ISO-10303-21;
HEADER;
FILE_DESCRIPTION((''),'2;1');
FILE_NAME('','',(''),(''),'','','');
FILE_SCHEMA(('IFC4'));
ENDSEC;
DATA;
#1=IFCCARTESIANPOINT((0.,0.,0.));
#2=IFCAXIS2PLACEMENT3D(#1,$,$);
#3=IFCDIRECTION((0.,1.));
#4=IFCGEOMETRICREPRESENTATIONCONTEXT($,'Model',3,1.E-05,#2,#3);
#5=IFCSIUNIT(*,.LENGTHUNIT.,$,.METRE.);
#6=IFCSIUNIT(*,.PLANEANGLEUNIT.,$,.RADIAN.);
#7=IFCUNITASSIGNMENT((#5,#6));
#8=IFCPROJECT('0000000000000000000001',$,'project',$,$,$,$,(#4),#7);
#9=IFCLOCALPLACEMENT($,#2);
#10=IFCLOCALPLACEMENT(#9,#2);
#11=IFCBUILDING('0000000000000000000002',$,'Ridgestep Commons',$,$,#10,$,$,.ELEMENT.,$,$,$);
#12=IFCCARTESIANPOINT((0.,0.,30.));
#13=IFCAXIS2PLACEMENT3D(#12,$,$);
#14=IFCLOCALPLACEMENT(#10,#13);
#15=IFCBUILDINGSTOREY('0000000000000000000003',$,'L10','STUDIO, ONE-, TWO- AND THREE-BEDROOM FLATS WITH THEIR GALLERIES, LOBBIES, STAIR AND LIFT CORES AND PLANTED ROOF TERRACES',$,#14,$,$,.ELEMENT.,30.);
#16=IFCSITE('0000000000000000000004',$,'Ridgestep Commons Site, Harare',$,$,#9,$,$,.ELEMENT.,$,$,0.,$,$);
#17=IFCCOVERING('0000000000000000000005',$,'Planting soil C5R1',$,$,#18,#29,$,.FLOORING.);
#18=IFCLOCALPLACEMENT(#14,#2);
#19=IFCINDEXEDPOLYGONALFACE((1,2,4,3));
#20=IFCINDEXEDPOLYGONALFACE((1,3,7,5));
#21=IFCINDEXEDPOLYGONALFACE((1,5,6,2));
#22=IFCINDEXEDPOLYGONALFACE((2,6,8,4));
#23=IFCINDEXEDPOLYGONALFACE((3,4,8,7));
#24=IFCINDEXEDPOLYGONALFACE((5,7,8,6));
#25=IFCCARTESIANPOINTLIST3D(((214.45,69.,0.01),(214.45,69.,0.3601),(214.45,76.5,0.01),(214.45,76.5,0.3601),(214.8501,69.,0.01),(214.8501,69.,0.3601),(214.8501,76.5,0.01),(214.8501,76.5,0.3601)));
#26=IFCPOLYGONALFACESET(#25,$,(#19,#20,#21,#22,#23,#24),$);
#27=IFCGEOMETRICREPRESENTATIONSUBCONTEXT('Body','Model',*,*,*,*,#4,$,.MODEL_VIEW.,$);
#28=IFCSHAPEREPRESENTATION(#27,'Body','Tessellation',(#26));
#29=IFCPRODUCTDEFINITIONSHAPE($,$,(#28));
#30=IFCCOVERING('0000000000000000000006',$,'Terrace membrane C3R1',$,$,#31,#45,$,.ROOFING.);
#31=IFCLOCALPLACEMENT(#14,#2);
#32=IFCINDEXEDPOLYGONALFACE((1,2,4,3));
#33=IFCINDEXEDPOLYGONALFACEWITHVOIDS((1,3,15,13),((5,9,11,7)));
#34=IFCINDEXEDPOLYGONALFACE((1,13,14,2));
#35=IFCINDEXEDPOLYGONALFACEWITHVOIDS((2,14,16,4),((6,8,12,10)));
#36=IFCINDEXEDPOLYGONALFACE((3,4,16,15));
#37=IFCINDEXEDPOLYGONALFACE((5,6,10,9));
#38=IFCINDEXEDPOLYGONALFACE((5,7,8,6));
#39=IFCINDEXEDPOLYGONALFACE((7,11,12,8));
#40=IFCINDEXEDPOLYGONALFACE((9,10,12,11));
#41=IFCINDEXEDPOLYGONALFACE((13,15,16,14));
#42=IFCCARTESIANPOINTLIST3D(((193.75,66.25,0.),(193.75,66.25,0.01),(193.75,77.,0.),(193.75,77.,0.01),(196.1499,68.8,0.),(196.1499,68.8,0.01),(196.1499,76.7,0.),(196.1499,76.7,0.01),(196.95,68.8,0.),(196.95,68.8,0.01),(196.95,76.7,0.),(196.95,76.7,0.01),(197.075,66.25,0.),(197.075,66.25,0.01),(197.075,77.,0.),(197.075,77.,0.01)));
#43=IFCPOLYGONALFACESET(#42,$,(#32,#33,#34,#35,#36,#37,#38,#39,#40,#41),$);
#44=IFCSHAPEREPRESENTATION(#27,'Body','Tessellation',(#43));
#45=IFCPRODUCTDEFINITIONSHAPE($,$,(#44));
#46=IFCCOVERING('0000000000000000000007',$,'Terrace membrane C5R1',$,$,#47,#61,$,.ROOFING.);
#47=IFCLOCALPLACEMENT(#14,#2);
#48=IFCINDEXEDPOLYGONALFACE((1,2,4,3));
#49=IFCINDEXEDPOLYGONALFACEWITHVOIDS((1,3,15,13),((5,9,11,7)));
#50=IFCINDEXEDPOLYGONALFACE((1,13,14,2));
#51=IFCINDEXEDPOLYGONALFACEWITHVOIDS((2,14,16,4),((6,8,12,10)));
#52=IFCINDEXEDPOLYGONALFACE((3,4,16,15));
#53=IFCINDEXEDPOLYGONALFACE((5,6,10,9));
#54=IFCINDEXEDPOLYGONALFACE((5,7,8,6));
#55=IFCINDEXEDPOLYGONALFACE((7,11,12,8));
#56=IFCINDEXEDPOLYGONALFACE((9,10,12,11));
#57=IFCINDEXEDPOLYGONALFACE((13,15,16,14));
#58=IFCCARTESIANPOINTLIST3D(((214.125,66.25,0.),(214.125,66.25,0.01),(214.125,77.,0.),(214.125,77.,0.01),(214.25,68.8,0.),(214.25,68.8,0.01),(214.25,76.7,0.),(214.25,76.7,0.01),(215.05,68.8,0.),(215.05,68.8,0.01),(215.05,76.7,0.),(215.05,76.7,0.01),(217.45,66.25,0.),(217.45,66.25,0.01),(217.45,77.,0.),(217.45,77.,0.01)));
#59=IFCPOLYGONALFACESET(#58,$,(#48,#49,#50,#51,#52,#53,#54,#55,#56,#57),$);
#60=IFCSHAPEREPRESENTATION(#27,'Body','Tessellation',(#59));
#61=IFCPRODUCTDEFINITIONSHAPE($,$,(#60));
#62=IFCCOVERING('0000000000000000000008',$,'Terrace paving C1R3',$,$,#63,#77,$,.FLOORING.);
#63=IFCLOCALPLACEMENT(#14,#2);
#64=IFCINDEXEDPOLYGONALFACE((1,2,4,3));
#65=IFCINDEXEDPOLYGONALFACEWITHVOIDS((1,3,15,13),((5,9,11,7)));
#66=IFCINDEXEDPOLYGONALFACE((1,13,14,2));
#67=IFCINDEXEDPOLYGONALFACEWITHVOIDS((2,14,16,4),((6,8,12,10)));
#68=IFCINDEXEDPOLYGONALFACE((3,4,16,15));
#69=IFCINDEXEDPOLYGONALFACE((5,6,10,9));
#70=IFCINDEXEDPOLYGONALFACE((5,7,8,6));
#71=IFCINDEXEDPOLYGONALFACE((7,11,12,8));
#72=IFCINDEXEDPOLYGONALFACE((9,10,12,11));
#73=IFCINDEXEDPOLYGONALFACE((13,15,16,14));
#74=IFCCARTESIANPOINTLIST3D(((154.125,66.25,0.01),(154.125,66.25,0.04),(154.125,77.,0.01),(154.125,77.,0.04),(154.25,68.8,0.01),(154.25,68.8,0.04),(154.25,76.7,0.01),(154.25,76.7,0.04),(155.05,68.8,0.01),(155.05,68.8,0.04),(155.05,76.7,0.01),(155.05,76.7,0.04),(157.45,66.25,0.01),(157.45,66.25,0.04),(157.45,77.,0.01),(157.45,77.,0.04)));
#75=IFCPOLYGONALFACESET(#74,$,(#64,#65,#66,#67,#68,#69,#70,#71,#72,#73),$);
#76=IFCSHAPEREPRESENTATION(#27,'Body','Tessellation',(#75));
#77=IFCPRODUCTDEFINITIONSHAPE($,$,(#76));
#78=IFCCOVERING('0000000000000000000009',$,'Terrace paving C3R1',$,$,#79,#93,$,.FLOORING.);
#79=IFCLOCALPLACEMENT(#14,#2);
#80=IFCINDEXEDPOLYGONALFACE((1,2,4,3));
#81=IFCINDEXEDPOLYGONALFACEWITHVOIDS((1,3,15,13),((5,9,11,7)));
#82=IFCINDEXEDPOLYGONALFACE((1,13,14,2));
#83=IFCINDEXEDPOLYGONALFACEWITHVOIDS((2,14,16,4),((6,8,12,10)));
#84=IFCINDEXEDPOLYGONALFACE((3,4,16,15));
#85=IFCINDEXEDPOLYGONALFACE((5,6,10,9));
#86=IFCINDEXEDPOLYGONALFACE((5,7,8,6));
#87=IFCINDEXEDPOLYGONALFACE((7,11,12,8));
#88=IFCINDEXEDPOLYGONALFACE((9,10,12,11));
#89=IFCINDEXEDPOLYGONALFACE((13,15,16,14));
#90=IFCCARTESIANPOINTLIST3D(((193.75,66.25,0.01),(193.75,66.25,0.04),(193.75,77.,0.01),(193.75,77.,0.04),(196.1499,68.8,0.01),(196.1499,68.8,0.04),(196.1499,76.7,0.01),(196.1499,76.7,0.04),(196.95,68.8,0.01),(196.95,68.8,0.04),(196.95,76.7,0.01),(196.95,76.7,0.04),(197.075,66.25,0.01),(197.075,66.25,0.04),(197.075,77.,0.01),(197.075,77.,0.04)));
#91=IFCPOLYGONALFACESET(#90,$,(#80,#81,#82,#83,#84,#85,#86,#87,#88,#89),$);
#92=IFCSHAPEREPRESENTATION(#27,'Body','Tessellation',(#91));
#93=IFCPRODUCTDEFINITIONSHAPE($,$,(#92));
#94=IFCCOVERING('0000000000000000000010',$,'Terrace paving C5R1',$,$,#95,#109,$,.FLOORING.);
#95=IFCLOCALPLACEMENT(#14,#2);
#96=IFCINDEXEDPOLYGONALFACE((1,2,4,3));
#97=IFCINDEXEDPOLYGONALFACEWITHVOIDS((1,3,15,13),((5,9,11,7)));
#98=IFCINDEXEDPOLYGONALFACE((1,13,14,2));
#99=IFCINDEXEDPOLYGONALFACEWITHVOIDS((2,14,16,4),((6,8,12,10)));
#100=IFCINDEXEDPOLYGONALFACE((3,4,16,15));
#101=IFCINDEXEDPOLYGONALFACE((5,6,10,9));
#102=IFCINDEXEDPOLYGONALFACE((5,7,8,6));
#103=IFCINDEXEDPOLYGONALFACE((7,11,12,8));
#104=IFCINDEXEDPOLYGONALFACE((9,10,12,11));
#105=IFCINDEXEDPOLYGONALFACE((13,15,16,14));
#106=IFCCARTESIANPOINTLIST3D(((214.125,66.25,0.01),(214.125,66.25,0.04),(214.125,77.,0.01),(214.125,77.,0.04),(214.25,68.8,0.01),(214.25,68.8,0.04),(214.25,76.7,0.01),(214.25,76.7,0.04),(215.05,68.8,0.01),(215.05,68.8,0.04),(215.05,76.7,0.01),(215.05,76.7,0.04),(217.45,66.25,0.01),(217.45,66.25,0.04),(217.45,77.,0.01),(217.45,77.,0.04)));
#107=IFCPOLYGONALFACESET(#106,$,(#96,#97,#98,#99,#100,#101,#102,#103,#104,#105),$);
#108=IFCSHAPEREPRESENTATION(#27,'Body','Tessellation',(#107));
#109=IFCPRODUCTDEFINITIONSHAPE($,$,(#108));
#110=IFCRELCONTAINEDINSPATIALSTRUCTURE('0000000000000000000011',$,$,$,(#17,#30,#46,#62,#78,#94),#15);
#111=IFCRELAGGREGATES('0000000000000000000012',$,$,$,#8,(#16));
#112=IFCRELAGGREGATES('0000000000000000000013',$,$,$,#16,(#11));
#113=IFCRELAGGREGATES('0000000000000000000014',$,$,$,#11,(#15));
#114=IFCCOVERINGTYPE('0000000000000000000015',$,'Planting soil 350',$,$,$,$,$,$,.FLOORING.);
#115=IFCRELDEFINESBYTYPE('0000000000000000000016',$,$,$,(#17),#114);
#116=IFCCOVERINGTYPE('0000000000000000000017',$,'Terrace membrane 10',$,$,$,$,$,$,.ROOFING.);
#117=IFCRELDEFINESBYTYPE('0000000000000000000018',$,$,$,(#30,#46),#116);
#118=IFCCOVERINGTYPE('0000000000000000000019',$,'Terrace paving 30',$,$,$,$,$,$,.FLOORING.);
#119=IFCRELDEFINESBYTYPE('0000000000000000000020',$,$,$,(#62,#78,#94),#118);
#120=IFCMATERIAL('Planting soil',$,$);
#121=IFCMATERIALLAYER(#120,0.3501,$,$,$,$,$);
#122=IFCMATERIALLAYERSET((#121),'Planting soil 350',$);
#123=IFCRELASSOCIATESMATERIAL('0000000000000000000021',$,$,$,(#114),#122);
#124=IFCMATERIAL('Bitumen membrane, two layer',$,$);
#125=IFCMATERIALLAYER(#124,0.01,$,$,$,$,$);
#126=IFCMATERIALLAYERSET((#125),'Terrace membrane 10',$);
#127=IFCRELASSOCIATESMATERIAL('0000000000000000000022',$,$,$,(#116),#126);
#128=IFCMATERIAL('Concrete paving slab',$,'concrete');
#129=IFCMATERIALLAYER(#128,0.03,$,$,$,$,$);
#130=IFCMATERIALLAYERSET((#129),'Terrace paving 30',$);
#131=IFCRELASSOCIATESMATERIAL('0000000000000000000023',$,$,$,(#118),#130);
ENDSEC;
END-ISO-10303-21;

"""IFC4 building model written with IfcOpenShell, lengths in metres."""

from ifc_helpers import new_model, si_unit, direction, frame, origin, place, context, subcontext, project, spatial, polyline, outline, extrude, material, layer, layer_set, type_object, element, save


model = new_model("IFC4")

# Units and contexts
model_context = context("Model", 3, precision=1e-05, world=origin(), true_north=direction((0.0, 1.0)))
body_context = subcontext(model_context, "Body", "Model", "MODEL_VIEW")
ifc_project = project(units=[si_unit("LENGTHUNIT", "METRE"), si_unit("PLANEANGLEUNIT", "RADIAN")], contexts=[model_context])

# Site, building, storey
site_placement = place(None, origin())
site = spatial("IfcSite", under=ifc_project, at=site_placement, Name="Ridgestep Commons Site, Harare", CompositionType="ELEMENT", RefElevation=0.0)
building_placement = place(site_placement, origin())
building = spatial("IfcBuilding", under=site, at=building_placement, Name="Ridgestep Commons", CompositionType="ELEMENT")
storey_placement = place(building_placement, frame((0.0, 0.0, 30.0)))
storey = spatial("IfcBuildingStorey", under=building, at=storey_placement, Name="L10", Description="STUDIO, ONE-, TWO- AND THREE-BEDROOM FLATS WITH THEIR GALLERIES, LOBBIES, STAIR AND LIFT CORES AND PLANTED ROOF TERRACES", CompositionType="ELEMENT", Elevation=30.0)

# Coverings
ifc_material_1 = material(Name="Planting soil")
ifc_layer_1 = layer(ifc_material_1, 0.3501)
ifc_layer_set_1 = layer_set([ifc_layer_1], Name="Planting soil 350")
covering_type_1 = type_object("IfcCoveringType", Name="Planting soil 350", PredefinedType="FLOORING", material=ifc_layer_set_1)
covering_1_placement = place(storey_placement, frame((0.0, 0.0, 0.01)))
element("IfcCovering", 1, at=covering_1_placement, inside=storey, type_object=covering_type_1, Name="Planting soil C5R1", PredefinedType="FLOORING", context=body_context, shape_type="SweptSolid", body=[
    extrude(outline(polyline([(214.45, 69.0), (214.8501, 69.0), (214.8501, 76.5), (214.45, 76.5), (214.45, 69.0)])), origin(), (0.0, 0.0, 1.0), 0.3501),
])
ifc_material_2 = material(Name="Bitumen membrane, two layer")
ifc_layer_2 = layer(ifc_material_2, 0.01)
ifc_layer_set_2 = layer_set([ifc_layer_2], Name="Terrace membrane 10")
covering_type_2 = type_object("IfcCoveringType", Name="Terrace membrane 10", PredefinedType="ROOFING", material=ifc_layer_set_2)
covering_2_placement = place(storey_placement, origin())
element("IfcCovering", 2, at=covering_2_placement, inside=storey, type_object=covering_type_2, Name="Terrace membrane C3R1", PredefinedType="ROOFING", context=body_context, shape_type="SweptSolid", body=[
    extrude(outline(polyline([(197.075, 66.25), (197.075, 77.0), (193.75, 77.0), (193.75, 66.25), (197.075, 66.25)]), holes=[polyline([(196.95, 68.8), (196.95, 76.7), (196.1499, 76.7), (196.1499, 68.8), (196.95, 68.8)])]), origin(), (0.0, 0.0, 1.0), 0.01),
])
covering_3_placement = place(storey_placement, origin())
element("IfcCovering", 3, at=covering_3_placement, inside=storey, type_object=covering_type_2, Name="Terrace membrane C5R1", PredefinedType="ROOFING", context=body_context, shape_type="SweptSolid", body=[
    extrude(outline(polyline([(217.45, 66.25), (217.45, 77.0), (214.125, 77.0), (214.125, 66.25), (217.45, 66.25)]), holes=[polyline([(215.05, 68.8), (215.05, 76.7), (214.25, 76.7), (214.25, 68.8), (215.05, 68.8)])]), origin(), (0.0, 0.0, 1.0), 0.01),
])
ifc_material_3 = material(Name="Concrete paving slab", Category="concrete")
ifc_layer_3 = layer(ifc_material_3, 0.03)
ifc_layer_set_3 = layer_set([ifc_layer_3], Name="Terrace paving 30")
covering_type_3 = type_object("IfcCoveringType", Name="Terrace paving 30", PredefinedType="FLOORING", material=ifc_layer_set_3)
covering_4_placement = place(storey_placement, frame((0.0, 0.0, 0.01)))
element("IfcCovering", 4, at=covering_4_placement, inside=storey, type_object=covering_type_3, Name="Terrace paving C1R3", PredefinedType="FLOORING", context=body_context, shape_type="SweptSolid", body=[
    extrude(outline(polyline([(157.45, 66.25), (157.45, 77.0), (154.125, 77.0), (154.125, 66.25), (157.45, 66.25)]), holes=[polyline([(155.05, 68.8), (155.05, 76.7), (154.25, 76.7), (154.25, 68.8), (155.05, 68.8)])]), origin(), (0.0, 0.0, 1.0), 0.03),
])
covering_5_placement = place(storey_placement, frame((0.0, 0.0, 0.01)))
element("IfcCovering", 5, at=covering_5_placement, inside=storey, type_object=covering_type_3, Name="Terrace paving C3R1", PredefinedType="FLOORING", context=body_context, shape_type="SweptSolid", body=[
    extrude(outline(polyline([(197.075, 66.25), (197.075, 77.0), (193.75, 77.0), (193.75, 66.25), (197.075, 66.25)]), holes=[polyline([(196.95, 68.8), (196.95, 76.7), (196.1499, 76.7), (196.1499, 68.8), (196.95, 68.8)])]), origin(), (0.0, 0.0, 1.0), 0.03),
])
covering_6_placement = place(storey_placement, frame((0.0, 0.0, 0.01)))
element("IfcCovering", 6, at=covering_6_placement, inside=storey, type_object=covering_type_3, Name="Terrace paving C5R1", PredefinedType="FLOORING", context=body_context, shape_type="SweptSolid", body=[
    extrude(outline(polyline([(217.45, 66.25), (217.45, 77.0), (214.125, 77.0), (214.125, 66.25), (217.45, 66.25)]), holes=[polyline([(215.05, 68.8), (215.05, 76.7), (214.25, 76.7), (214.25, 68.8), (215.05, 68.8)])]), origin(), (0.0, 0.0, 1.0), 0.03),
])

save(model, "model.ifc")
